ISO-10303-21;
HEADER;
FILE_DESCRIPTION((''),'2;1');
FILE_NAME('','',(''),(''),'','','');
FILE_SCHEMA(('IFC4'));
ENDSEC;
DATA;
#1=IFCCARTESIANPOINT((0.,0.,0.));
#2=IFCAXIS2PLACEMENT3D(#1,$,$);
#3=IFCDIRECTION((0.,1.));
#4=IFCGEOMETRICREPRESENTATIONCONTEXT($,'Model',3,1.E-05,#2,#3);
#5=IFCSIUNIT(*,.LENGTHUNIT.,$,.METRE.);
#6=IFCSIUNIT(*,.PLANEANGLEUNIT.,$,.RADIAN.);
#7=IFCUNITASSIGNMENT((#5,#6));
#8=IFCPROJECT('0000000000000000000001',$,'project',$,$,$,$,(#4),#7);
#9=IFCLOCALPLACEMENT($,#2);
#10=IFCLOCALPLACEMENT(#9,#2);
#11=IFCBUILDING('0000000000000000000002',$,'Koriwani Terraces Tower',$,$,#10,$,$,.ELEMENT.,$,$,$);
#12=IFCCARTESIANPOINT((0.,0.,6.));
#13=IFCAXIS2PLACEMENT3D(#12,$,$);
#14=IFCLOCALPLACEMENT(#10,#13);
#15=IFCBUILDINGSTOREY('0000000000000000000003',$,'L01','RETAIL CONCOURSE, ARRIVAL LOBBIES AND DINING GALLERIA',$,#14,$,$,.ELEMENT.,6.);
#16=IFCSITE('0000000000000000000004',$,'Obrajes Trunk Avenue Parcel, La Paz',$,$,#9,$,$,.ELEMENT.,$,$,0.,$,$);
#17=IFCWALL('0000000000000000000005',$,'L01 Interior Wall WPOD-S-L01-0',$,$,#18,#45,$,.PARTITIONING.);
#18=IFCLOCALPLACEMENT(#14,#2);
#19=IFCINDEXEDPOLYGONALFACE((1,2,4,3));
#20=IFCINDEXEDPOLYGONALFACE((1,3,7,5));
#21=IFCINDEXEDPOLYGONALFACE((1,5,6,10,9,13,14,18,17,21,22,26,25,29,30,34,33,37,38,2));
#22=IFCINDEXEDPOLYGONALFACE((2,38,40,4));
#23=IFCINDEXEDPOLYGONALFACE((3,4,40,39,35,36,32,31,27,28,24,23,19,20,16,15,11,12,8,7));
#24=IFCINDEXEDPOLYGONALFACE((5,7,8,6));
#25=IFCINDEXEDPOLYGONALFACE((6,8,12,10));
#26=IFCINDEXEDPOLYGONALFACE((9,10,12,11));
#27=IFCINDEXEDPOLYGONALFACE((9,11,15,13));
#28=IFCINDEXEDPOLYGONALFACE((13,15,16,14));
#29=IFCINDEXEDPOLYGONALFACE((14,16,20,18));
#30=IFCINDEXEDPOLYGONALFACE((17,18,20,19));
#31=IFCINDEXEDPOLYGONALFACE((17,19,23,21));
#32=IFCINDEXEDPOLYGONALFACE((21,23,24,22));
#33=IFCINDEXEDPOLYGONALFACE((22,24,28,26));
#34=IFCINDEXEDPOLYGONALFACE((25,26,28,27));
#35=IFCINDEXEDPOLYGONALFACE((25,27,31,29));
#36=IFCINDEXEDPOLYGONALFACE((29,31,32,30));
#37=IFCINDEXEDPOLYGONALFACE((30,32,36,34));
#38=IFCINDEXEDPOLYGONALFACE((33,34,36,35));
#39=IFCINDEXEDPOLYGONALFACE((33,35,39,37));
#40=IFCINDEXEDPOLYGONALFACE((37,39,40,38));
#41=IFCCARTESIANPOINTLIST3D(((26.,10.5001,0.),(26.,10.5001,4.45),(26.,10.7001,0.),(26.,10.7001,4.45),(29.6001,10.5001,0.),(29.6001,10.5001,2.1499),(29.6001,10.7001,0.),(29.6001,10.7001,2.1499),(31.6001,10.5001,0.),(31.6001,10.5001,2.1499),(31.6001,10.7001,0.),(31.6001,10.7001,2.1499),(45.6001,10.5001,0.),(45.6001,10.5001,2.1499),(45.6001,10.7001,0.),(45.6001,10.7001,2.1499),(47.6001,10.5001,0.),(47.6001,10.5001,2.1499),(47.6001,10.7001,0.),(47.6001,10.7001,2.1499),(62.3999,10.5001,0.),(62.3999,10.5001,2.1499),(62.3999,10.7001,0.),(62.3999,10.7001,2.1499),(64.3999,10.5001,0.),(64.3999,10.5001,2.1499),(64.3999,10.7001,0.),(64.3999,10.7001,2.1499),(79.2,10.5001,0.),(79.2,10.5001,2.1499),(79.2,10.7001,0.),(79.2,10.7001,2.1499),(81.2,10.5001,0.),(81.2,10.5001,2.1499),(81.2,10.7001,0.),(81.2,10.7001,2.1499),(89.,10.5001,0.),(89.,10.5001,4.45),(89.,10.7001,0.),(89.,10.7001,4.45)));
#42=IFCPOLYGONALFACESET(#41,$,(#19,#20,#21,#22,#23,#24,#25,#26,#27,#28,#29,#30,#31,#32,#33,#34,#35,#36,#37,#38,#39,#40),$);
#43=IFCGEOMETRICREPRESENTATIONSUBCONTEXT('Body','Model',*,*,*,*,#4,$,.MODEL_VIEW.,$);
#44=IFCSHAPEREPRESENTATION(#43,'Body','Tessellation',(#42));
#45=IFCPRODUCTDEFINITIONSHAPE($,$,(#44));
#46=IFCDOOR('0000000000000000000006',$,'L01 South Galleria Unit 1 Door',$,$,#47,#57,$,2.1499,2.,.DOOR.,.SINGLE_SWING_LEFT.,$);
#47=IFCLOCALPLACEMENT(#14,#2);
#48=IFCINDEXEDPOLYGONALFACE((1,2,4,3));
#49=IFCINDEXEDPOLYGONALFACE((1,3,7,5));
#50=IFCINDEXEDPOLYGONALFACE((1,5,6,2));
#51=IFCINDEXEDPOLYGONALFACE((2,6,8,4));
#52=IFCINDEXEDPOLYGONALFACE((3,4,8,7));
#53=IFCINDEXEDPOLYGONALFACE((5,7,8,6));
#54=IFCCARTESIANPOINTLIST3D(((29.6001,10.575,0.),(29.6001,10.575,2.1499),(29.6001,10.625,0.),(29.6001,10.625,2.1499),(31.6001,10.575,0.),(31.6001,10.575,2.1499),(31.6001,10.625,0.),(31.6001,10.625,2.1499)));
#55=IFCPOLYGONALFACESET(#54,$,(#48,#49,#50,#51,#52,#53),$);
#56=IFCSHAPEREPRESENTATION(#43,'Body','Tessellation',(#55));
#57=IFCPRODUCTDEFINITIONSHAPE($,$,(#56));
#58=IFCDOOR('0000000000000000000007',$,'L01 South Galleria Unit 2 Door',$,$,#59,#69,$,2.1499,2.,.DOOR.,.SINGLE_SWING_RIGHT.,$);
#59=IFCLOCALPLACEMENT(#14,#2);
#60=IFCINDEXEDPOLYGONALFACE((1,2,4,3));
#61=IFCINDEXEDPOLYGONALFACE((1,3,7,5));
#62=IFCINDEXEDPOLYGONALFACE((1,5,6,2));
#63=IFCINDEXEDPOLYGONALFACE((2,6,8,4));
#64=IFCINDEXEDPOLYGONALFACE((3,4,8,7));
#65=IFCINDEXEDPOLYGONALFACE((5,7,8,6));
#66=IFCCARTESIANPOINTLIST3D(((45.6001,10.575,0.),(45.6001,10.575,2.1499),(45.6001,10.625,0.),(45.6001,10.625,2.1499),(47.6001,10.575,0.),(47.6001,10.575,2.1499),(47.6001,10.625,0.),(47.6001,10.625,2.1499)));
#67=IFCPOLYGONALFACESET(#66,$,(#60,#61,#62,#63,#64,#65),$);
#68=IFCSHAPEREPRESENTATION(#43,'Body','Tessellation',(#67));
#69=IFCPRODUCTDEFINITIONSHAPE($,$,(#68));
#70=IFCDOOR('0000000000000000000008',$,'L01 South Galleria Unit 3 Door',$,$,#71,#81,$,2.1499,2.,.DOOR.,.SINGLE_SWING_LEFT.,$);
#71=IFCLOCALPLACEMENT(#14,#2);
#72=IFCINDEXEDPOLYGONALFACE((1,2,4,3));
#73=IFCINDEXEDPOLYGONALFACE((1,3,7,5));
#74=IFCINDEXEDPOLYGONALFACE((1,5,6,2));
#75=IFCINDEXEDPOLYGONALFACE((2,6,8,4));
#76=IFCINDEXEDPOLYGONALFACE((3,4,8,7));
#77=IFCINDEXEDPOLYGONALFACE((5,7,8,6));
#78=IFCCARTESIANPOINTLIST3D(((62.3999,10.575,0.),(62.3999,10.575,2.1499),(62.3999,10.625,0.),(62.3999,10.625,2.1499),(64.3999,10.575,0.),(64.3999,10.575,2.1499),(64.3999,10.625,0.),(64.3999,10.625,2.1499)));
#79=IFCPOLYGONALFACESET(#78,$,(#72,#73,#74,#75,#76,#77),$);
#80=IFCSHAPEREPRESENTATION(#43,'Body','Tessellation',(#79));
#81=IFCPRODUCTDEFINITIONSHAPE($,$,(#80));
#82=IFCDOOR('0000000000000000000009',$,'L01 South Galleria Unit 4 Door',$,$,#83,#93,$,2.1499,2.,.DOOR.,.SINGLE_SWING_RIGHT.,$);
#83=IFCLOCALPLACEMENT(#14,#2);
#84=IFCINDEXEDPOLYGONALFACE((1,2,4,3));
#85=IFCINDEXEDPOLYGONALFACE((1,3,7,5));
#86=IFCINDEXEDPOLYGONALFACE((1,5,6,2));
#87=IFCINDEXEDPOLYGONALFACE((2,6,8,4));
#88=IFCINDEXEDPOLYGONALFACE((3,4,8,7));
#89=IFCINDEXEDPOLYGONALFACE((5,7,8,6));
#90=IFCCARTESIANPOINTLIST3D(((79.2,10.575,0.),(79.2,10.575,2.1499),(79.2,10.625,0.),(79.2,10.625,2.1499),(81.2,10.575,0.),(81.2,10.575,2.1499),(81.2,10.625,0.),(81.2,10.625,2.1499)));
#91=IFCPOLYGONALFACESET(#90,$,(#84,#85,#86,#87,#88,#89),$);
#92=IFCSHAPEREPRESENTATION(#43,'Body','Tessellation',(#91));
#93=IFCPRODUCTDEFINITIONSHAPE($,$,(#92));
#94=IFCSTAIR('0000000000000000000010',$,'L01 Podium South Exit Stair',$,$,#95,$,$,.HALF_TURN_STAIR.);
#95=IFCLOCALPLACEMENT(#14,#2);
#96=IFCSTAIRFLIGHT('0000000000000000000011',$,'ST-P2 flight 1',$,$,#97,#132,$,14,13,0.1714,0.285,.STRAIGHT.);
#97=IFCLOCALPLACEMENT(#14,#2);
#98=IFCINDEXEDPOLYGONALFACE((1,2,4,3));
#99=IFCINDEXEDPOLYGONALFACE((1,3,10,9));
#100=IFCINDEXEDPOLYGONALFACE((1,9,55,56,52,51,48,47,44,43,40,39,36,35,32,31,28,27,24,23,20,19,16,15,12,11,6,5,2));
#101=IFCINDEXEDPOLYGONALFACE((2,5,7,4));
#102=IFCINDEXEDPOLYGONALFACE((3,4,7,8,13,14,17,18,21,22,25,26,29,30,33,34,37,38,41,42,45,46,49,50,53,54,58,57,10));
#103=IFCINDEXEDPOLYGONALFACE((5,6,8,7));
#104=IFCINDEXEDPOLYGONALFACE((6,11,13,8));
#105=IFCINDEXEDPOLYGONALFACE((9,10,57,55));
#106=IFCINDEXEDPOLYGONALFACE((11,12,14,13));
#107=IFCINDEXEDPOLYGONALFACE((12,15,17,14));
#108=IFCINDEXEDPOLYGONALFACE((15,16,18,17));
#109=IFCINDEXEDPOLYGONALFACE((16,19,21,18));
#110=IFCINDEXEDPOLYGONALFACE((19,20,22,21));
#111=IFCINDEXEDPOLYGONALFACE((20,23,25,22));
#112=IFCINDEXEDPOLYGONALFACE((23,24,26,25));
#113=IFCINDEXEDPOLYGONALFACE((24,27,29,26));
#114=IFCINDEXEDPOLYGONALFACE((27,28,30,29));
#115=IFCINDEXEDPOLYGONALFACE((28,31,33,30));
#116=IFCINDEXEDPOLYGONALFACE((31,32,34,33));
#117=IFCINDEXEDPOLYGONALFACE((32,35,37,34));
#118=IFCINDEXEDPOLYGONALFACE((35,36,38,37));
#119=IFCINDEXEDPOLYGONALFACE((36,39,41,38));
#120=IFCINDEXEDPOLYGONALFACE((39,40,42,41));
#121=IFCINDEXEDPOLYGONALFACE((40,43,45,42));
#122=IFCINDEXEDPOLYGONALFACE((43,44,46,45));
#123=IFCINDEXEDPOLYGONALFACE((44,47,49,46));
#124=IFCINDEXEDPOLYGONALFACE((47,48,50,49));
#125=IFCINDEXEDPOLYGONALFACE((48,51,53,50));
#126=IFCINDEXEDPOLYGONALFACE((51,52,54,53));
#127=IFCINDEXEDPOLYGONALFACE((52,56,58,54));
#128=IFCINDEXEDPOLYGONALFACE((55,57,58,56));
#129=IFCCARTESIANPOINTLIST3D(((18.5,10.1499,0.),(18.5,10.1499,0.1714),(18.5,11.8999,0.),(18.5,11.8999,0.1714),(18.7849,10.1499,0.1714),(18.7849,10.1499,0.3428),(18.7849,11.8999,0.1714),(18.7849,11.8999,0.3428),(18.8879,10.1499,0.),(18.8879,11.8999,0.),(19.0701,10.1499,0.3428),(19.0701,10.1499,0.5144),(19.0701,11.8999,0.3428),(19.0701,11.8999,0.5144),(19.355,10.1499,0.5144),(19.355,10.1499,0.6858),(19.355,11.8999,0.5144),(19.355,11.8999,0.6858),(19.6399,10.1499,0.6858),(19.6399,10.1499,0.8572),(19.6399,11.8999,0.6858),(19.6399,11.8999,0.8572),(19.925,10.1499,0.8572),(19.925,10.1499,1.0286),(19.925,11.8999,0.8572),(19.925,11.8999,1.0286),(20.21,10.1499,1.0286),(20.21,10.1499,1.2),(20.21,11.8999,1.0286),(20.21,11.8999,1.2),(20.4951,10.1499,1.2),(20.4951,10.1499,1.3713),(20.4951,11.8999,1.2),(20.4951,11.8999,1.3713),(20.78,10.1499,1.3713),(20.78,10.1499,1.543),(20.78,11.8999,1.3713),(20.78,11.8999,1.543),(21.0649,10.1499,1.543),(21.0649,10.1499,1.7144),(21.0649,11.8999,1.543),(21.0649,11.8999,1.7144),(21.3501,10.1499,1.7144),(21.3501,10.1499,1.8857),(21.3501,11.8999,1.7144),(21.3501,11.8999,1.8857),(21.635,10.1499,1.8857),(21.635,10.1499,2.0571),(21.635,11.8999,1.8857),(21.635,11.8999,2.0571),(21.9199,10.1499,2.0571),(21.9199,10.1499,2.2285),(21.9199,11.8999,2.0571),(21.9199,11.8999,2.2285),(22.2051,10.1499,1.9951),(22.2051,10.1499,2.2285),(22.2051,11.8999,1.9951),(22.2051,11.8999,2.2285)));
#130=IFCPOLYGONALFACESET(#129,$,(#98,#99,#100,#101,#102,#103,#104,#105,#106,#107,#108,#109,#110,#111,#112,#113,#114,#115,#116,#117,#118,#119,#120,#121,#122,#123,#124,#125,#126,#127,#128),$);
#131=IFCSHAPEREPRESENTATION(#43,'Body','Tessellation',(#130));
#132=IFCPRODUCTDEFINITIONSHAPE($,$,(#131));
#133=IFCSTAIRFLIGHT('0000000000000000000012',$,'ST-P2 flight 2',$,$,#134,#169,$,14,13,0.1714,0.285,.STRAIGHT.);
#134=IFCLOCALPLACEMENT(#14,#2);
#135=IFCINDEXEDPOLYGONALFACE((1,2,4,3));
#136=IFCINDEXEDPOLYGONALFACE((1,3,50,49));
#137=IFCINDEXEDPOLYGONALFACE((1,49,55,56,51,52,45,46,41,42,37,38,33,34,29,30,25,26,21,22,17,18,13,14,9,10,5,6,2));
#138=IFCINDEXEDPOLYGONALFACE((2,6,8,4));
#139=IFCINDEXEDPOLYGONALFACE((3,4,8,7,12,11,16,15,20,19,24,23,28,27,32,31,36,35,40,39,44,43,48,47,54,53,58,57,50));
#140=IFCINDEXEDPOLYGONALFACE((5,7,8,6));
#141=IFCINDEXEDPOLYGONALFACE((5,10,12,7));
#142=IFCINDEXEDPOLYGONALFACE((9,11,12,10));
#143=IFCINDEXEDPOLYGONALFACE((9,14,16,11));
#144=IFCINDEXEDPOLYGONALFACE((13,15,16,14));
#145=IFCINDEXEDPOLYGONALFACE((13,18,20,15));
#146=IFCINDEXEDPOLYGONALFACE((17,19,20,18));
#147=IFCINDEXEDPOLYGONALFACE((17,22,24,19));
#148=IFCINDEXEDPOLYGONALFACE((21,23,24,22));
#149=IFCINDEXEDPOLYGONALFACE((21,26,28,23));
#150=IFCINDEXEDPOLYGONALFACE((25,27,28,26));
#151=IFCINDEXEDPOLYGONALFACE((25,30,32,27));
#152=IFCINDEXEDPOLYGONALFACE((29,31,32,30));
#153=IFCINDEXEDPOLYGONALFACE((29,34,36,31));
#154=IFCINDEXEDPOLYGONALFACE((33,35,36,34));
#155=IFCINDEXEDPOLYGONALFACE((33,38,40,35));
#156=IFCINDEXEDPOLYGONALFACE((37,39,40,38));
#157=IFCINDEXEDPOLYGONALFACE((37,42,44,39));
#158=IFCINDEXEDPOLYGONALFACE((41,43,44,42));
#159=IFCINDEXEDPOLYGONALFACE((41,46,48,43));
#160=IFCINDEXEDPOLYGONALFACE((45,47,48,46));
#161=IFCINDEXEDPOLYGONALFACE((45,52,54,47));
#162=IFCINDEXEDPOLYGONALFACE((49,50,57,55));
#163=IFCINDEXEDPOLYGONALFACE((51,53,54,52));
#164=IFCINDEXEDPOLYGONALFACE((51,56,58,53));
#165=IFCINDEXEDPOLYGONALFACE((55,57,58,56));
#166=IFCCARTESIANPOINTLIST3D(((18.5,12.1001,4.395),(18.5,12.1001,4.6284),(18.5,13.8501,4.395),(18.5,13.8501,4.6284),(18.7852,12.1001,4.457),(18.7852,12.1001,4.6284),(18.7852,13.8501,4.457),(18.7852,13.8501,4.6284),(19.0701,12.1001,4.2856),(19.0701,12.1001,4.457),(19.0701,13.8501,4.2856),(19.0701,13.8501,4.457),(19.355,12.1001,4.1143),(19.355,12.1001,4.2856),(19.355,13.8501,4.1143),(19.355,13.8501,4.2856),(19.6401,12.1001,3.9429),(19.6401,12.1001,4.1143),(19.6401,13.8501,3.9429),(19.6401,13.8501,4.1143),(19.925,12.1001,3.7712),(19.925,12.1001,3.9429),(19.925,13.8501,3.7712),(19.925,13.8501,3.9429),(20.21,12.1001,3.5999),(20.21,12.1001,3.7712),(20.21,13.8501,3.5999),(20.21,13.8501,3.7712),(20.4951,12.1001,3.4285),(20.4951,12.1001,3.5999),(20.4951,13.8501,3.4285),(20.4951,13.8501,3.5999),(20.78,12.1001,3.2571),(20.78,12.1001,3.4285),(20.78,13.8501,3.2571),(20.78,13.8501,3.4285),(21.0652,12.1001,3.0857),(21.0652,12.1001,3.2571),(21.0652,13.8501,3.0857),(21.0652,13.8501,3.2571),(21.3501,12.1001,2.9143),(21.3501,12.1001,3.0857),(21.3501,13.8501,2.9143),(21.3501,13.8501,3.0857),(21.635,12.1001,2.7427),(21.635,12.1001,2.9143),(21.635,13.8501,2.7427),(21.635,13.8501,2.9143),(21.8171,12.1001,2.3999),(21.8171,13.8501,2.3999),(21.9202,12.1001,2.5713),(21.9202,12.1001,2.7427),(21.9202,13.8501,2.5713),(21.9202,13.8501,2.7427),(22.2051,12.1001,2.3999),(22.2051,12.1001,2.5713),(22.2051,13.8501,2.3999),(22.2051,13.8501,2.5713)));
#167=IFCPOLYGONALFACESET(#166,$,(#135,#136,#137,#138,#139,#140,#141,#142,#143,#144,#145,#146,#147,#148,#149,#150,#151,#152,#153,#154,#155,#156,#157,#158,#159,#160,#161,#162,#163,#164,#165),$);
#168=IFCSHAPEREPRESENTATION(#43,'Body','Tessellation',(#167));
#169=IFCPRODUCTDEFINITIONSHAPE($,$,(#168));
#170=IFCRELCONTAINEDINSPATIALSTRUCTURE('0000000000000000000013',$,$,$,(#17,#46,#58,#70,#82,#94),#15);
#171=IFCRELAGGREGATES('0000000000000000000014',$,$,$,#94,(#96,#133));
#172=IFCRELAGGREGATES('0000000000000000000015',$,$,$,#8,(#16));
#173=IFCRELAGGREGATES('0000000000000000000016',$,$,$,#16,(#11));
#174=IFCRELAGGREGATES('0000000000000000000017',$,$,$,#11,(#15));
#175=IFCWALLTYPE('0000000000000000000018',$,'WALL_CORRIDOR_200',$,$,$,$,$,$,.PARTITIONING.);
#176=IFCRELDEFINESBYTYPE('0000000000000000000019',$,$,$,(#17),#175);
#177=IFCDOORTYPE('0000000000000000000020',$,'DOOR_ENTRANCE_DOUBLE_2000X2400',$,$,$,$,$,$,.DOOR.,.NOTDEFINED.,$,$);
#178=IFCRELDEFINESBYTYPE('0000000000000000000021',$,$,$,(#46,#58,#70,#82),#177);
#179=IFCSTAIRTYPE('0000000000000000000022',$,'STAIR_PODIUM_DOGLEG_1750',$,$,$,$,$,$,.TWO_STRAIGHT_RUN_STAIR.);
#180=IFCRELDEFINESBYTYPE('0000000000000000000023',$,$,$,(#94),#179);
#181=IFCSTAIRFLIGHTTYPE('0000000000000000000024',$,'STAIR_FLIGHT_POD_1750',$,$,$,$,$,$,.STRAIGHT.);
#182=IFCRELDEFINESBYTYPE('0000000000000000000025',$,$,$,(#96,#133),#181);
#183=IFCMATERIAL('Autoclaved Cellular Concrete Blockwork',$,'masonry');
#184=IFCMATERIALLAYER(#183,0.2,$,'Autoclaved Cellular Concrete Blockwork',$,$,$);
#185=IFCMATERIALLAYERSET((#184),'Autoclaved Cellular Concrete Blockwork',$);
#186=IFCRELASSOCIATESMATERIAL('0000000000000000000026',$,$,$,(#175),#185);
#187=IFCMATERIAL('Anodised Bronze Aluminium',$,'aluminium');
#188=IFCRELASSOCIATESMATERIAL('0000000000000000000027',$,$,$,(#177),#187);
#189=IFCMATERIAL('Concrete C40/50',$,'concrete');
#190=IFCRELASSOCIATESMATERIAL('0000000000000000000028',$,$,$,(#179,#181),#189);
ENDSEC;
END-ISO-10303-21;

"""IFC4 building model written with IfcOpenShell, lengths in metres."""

from ifc_helpers import new_model, si_unit, direction, frame, frame_2d, origin, place, context, subcontext, project, spatial, polyline, rectangle, outline, extrude, material, layer, layer_set, type_object, element, fill, aggregate, save


model = new_model("IFC4")

# Units and contexts
model_context = context("Model", 3, precision=1e-05, world=origin(), true_north=direction((0.0, 1.0)))
body_context = subcontext(model_context, "Body", "Model", "MODEL_VIEW")
ifc_project = project(units=[si_unit("LENGTHUNIT", "METRE"), si_unit("PLANEANGLEUNIT", "RADIAN")], contexts=[model_context])

# Site, building, storey
site_placement = place(None, origin())
site = spatial("IfcSite", under=ifc_project, at=site_placement, Name="Obrajes Trunk Avenue Parcel, La Paz", CompositionType="ELEMENT", RefElevation=0.0)
building_placement = place(site_placement, origin())
building = spatial("IfcBuilding", under=site, at=building_placement, Name="Koriwani Terraces Tower", CompositionType="ELEMENT")
storey_placement = place(building_placement, frame((0.0, 0.0, 6.0)))
storey = spatial("IfcBuildingStorey", under=building, at=storey_placement, Name="L01", Description="RETAIL CONCOURSE, ARRIVAL LOBBIES AND DINING GALLERIA", CompositionType="ELEMENT", Elevation=6.0)

# Wall, openings, doors
ifc_material_1 = material(Name="Autoclaved Cellular Concrete Blockwork", Category="masonry")
ifc_layer = layer(ifc_material_1, 0.2, Name="Autoclaved Cellular Concrete Blockwork")
ifc_layer_set = layer_set([ifc_layer], Name="Autoclaved Cellular Concrete Blockwork")
wall_type = type_object("IfcWallType", Name="WALL_CORRIDOR_200", PredefinedType="PARTITIONING", material=ifc_layer_set)
wall_placement = place(storey_placement, frame((26.0, 10.6001, 0.0), z_axis=(0.0, 0.0, 1.0), x_axis=(1.0, 0.0, 0.0)))
wall = element("IfcWall", 1, at=wall_placement, inside=storey, type_object=wall_type, Name="L01 Interior Wall WPOD-S-L01-0", PredefinedType="PARTITIONING", context=body_context, shape_type="SweptSolid", body=[
    extrude(rectangle(XDim=63.0, YDim=0.2, at=frame_2d((31.5, 0.0))), origin(), (0.0, 0.0, 1.0), 4.45),
])
opening_1_placement = place(wall_placement, frame((3.6001, 0.0, 0.0)))
opening_1 = element("IfcOpeningElement", 2, at=opening_1_placement, cuts=wall, PredefinedType="OPENING", context=body_context, shape_type="SweptSolid", body=[
    extrude(rectangle(XDim=2.0, YDim=2.1499, at=frame_2d((1.0, 1.075))), frame((0.0, 0.1099, 0.0), z_axis=(0.0, -1.0, 0.0), x_axis=(1.0, 0.0, 0.0)), (0.0, 0.0, 1.0), 0.22),
])
opening_2_placement = place(wall_placement, frame((19.6001, 0.0, 0.0)))
opening_2 = element("IfcOpeningElement", 3, at=opening_2_placement, cuts=wall, PredefinedType="OPENING", context=body_context, shape_type="SweptSolid", body=[
    extrude(rectangle(XDim=2.0, YDim=2.1499, at=frame_2d((1.0, 1.075))), frame((0.0, 0.1099, 0.0), z_axis=(0.0, -1.0, 0.0), x_axis=(1.0, 0.0, 0.0)), (0.0, 0.0, 1.0), 0.22),
])
opening_3_placement = place(wall_placement, frame((36.3999, 0.0, 0.0)))
opening_3 = element("IfcOpeningElement", 4, at=opening_3_placement, cuts=wall, PredefinedType="OPENING", context=body_context, shape_type="SweptSolid", body=[
    extrude(rectangle(XDim=2.0, YDim=2.1499, at=frame_2d((1.0, 1.075))), frame((0.0, 0.1099, 0.0), z_axis=(0.0, -1.0, 0.0), x_axis=(1.0, 0.0, 0.0)), (0.0, 0.0, 1.0), 0.22),
])
opening_4_placement = place(wall_placement, frame((53.2, 0.0, 0.0)))
opening_4 = element("IfcOpeningElement", 5, at=opening_4_placement, cuts=wall, PredefinedType="OPENING", context=body_context, shape_type="SweptSolid", body=[
    extrude(rectangle(XDim=2.0, YDim=2.1499, at=frame_2d((1.0, 1.075))), frame((0.0, 0.1099, 0.0), z_axis=(0.0, -1.0, 0.0), x_axis=(1.0, 0.0, 0.0)), (0.0, 0.0, 1.0), 0.22),
])
ifc_material_2 = material(Name="Anodised Bronze Aluminium", Category="aluminium")
door_type = type_object("IfcDoorType", Name="DOOR_ENTRANCE_DOUBLE_2000X2400", OperationType="NOTDEFINED", PredefinedType="DOOR", material=ifc_material_2)
door_1_placement = place(opening_1_placement, origin())
door_1 = element("IfcDoor", 6, at=door_1_placement, inside=storey, type_object=door_type, Name="L01 South Galleria Unit 1 Door", OperationType="SINGLE_SWING_LEFT", OverallHeight=2.1499, OverallWidth=2.0, PredefinedType="DOOR", context=body_context, shape_type="SweptSolid", body=[
    extrude(rectangle(XDim=2.0, YDim=2.1499, at=frame_2d((1.0, 1.075))), frame((0.0, 0.0249, 0.0), z_axis=(0.0, -1.0, 0.0), x_axis=(1.0, 0.0, 0.0)), (0.0, 0.0, 1.0), 0.05),
])
fill(opening_1, door_1)
door_2_placement = place(opening_2_placement, origin())
door_2 = element("IfcDoor", 7, at=door_2_placement, inside=storey, type_object=door_type, Name="L01 South Galleria Unit 2 Door", OperationType="SINGLE_SWING_RIGHT", OverallHeight=2.1499, OverallWidth=2.0, PredefinedType="DOOR", context=body_context, shape_type="SweptSolid", body=[
    extrude(rectangle(XDim=2.0, YDim=2.1499, at=frame_2d((1.0, 1.075))), frame((0.0, 0.0249, 0.0), z_axis=(0.0, -1.0, 0.0), x_axis=(1.0, 0.0, 0.0)), (0.0, 0.0, 1.0), 0.05),
])
fill(opening_2, door_2)
door_3_placement = place(opening_3_placement, origin())
door_3 = element("IfcDoor", 8, at=door_3_placement, inside=storey, type_object=door_type, Name="L01 South Galleria Unit 3 Door", OperationType="SINGLE_SWING_LEFT", OverallHeight=2.1499, OverallWidth=2.0, PredefinedType="DOOR", context=body_context, shape_type="SweptSolid", body=[
    extrude(rectangle(XDim=2.0, YDim=2.1499, at=frame_2d((1.0, 1.075))), frame((0.0, 0.0249, 0.0), z_axis=(0.0, -1.0, 0.0), x_axis=(1.0, 0.0, 0.0)), (0.0, 0.0, 1.0), 0.05),
])
fill(opening_3, door_3)
door_4_placement = place(opening_4_placement, origin())
door_4 = element("IfcDoor", 9, at=door_4_placement, inside=storey, type_object=door_type, Name="L01 South Galleria Unit 4 Door", OperationType="SINGLE_SWING_RIGHT", OverallHeight=2.1499, OverallWidth=2.0, PredefinedType="DOOR", context=body_context, shape_type="SweptSolid", body=[
    extrude(rectangle(XDim=2.0, YDim=2.1499, at=frame_2d((1.0, 1.075))), frame((0.0, 0.0249, 0.0), z_axis=(0.0, -1.0, 0.0), x_axis=(1.0, 0.0, 0.0)), (0.0, 0.0, 1.0), 0.05),
])
fill(opening_4, door_4)

# Stair, stair flights
ifc_material_3 = material(Name="Concrete C40/50", Category="concrete")
stair_type = type_object("IfcStairType", Name="STAIR_PODIUM_DOGLEG_1750", PredefinedType="TWO_STRAIGHT_RUN_STAIR", material=ifc_material_3)
stair_placement = place(storey_placement, origin())
stair = element("IfcStair", 10, at=stair_placement, inside=storey, type_object=stair_type, Name="L01 Podium South Exit Stair", PredefinedType="HALF_TURN_STAIR")
stair_flight_type = type_object("IfcStairFlightType", Name="STAIR_FLIGHT_POD_1750", PredefinedType="STRAIGHT", material=ifc_material_3)
stair_flight_1_placement = place(storey_placement, frame((18.5, 11.0249, 0.0), z_axis=(0.0, 0.0, 1.0), x_axis=(1.0, 0.0, 0.0)))
stair_flight_1 = element("IfcStairFlight", 11, at=stair_flight_1_placement, type_object=stair_flight_type, Name="ST-P2 flight 1", NumberOfRisers=14, NumberOfTreads=13, PredefinedType="STRAIGHT", RiserHeight=0.1714, TreadLength=0.285, context=body_context, shape_type="SweptSolid", body=[
    extrude(outline(polyline([(0.0, 0.0), (0.0, 0.1714), (0.2849, 0.1714), (0.2849, 0.3428), (0.5701, 0.3428), (0.5701, 0.5144), (0.855, 0.5144), (0.855, 0.6858), (1.1399, 0.6858), (1.1399, 0.8572), (1.425, 0.8572), (1.425, 1.0286), (1.71, 1.0286), (1.71, 1.2), (1.9951, 1.2), (1.9951, 1.3713), (2.28, 1.3713), (2.28, 1.543), (2.5649, 1.543), (2.5649, 1.7144), (2.8501, 1.7144), (2.8501, 1.8857), (3.135, 1.8857), (3.135, 2.0571), (3.4199, 2.0571), (3.4199, 2.2285), (3.7051, 2.2285), (3.7051, 2.3999), (3.7051, 1.9951), (0.3879, 0.0), (0.0, 0.0)])), frame((0.0, 0.875, 0.0), z_axis=(0.0, -1.0, 0.0), x_axis=(1.0, 0.0, 0.0)), (0.0, 0.0, 1.0), 1.75),
])
stair_flight_2_placement = place(storey_placement, frame((22.2051, 12.9751, 2.3999), z_axis=(0.0, 0.0, 1.0), x_axis=(-1.0, 0.0, 0.0)))
stair_flight_2 = element("IfcStairFlight", 12, at=stair_flight_2_placement, type_object=stair_flight_type, Name="ST-P2 flight 2", NumberOfRisers=14, NumberOfTreads=13, PredefinedType="STRAIGHT", RiserHeight=0.1714, TreadLength=0.285, context=body_context, shape_type="SweptSolid", body=[
    extrude(outline(polyline([(0.0, 0.0), (0.0, 0.1714), (0.2849, 0.1714), (0.2849, 0.3428), (0.5701, 0.3428), (0.5701, 0.5144), (0.855, 0.5144), (0.855, 0.6858), (1.1399, 0.6858), (1.1399, 0.8572), (1.425, 0.8572), (1.425, 1.0286), (1.71, 1.0286), (1.71, 1.2), (1.9951, 1.2), (1.9951, 1.3713), (2.28, 1.3713), (2.28, 1.543), (2.5649, 1.543), (2.5649, 1.7144), (2.8501, 1.7144), (2.8501, 1.8857), (3.135, 1.8857), (3.135, 2.0571), (3.4199, 2.0571), (3.4199, 2.2285), (3.7051, 2.2285), (3.7051, 2.3999), (3.7051, 1.9951), (0.3879, 0.0), (0.0, 0.0)])), frame((0.0, 0.875, 0.0), z_axis=(0.0, -1.0, 0.0), x_axis=(1.0, 0.0, 0.0)), (0.0, 0.0, 1.0), 1.75),
])
aggregate(stair, [stair_flight_1, stair_flight_2])

save(model, "model.ifc")
